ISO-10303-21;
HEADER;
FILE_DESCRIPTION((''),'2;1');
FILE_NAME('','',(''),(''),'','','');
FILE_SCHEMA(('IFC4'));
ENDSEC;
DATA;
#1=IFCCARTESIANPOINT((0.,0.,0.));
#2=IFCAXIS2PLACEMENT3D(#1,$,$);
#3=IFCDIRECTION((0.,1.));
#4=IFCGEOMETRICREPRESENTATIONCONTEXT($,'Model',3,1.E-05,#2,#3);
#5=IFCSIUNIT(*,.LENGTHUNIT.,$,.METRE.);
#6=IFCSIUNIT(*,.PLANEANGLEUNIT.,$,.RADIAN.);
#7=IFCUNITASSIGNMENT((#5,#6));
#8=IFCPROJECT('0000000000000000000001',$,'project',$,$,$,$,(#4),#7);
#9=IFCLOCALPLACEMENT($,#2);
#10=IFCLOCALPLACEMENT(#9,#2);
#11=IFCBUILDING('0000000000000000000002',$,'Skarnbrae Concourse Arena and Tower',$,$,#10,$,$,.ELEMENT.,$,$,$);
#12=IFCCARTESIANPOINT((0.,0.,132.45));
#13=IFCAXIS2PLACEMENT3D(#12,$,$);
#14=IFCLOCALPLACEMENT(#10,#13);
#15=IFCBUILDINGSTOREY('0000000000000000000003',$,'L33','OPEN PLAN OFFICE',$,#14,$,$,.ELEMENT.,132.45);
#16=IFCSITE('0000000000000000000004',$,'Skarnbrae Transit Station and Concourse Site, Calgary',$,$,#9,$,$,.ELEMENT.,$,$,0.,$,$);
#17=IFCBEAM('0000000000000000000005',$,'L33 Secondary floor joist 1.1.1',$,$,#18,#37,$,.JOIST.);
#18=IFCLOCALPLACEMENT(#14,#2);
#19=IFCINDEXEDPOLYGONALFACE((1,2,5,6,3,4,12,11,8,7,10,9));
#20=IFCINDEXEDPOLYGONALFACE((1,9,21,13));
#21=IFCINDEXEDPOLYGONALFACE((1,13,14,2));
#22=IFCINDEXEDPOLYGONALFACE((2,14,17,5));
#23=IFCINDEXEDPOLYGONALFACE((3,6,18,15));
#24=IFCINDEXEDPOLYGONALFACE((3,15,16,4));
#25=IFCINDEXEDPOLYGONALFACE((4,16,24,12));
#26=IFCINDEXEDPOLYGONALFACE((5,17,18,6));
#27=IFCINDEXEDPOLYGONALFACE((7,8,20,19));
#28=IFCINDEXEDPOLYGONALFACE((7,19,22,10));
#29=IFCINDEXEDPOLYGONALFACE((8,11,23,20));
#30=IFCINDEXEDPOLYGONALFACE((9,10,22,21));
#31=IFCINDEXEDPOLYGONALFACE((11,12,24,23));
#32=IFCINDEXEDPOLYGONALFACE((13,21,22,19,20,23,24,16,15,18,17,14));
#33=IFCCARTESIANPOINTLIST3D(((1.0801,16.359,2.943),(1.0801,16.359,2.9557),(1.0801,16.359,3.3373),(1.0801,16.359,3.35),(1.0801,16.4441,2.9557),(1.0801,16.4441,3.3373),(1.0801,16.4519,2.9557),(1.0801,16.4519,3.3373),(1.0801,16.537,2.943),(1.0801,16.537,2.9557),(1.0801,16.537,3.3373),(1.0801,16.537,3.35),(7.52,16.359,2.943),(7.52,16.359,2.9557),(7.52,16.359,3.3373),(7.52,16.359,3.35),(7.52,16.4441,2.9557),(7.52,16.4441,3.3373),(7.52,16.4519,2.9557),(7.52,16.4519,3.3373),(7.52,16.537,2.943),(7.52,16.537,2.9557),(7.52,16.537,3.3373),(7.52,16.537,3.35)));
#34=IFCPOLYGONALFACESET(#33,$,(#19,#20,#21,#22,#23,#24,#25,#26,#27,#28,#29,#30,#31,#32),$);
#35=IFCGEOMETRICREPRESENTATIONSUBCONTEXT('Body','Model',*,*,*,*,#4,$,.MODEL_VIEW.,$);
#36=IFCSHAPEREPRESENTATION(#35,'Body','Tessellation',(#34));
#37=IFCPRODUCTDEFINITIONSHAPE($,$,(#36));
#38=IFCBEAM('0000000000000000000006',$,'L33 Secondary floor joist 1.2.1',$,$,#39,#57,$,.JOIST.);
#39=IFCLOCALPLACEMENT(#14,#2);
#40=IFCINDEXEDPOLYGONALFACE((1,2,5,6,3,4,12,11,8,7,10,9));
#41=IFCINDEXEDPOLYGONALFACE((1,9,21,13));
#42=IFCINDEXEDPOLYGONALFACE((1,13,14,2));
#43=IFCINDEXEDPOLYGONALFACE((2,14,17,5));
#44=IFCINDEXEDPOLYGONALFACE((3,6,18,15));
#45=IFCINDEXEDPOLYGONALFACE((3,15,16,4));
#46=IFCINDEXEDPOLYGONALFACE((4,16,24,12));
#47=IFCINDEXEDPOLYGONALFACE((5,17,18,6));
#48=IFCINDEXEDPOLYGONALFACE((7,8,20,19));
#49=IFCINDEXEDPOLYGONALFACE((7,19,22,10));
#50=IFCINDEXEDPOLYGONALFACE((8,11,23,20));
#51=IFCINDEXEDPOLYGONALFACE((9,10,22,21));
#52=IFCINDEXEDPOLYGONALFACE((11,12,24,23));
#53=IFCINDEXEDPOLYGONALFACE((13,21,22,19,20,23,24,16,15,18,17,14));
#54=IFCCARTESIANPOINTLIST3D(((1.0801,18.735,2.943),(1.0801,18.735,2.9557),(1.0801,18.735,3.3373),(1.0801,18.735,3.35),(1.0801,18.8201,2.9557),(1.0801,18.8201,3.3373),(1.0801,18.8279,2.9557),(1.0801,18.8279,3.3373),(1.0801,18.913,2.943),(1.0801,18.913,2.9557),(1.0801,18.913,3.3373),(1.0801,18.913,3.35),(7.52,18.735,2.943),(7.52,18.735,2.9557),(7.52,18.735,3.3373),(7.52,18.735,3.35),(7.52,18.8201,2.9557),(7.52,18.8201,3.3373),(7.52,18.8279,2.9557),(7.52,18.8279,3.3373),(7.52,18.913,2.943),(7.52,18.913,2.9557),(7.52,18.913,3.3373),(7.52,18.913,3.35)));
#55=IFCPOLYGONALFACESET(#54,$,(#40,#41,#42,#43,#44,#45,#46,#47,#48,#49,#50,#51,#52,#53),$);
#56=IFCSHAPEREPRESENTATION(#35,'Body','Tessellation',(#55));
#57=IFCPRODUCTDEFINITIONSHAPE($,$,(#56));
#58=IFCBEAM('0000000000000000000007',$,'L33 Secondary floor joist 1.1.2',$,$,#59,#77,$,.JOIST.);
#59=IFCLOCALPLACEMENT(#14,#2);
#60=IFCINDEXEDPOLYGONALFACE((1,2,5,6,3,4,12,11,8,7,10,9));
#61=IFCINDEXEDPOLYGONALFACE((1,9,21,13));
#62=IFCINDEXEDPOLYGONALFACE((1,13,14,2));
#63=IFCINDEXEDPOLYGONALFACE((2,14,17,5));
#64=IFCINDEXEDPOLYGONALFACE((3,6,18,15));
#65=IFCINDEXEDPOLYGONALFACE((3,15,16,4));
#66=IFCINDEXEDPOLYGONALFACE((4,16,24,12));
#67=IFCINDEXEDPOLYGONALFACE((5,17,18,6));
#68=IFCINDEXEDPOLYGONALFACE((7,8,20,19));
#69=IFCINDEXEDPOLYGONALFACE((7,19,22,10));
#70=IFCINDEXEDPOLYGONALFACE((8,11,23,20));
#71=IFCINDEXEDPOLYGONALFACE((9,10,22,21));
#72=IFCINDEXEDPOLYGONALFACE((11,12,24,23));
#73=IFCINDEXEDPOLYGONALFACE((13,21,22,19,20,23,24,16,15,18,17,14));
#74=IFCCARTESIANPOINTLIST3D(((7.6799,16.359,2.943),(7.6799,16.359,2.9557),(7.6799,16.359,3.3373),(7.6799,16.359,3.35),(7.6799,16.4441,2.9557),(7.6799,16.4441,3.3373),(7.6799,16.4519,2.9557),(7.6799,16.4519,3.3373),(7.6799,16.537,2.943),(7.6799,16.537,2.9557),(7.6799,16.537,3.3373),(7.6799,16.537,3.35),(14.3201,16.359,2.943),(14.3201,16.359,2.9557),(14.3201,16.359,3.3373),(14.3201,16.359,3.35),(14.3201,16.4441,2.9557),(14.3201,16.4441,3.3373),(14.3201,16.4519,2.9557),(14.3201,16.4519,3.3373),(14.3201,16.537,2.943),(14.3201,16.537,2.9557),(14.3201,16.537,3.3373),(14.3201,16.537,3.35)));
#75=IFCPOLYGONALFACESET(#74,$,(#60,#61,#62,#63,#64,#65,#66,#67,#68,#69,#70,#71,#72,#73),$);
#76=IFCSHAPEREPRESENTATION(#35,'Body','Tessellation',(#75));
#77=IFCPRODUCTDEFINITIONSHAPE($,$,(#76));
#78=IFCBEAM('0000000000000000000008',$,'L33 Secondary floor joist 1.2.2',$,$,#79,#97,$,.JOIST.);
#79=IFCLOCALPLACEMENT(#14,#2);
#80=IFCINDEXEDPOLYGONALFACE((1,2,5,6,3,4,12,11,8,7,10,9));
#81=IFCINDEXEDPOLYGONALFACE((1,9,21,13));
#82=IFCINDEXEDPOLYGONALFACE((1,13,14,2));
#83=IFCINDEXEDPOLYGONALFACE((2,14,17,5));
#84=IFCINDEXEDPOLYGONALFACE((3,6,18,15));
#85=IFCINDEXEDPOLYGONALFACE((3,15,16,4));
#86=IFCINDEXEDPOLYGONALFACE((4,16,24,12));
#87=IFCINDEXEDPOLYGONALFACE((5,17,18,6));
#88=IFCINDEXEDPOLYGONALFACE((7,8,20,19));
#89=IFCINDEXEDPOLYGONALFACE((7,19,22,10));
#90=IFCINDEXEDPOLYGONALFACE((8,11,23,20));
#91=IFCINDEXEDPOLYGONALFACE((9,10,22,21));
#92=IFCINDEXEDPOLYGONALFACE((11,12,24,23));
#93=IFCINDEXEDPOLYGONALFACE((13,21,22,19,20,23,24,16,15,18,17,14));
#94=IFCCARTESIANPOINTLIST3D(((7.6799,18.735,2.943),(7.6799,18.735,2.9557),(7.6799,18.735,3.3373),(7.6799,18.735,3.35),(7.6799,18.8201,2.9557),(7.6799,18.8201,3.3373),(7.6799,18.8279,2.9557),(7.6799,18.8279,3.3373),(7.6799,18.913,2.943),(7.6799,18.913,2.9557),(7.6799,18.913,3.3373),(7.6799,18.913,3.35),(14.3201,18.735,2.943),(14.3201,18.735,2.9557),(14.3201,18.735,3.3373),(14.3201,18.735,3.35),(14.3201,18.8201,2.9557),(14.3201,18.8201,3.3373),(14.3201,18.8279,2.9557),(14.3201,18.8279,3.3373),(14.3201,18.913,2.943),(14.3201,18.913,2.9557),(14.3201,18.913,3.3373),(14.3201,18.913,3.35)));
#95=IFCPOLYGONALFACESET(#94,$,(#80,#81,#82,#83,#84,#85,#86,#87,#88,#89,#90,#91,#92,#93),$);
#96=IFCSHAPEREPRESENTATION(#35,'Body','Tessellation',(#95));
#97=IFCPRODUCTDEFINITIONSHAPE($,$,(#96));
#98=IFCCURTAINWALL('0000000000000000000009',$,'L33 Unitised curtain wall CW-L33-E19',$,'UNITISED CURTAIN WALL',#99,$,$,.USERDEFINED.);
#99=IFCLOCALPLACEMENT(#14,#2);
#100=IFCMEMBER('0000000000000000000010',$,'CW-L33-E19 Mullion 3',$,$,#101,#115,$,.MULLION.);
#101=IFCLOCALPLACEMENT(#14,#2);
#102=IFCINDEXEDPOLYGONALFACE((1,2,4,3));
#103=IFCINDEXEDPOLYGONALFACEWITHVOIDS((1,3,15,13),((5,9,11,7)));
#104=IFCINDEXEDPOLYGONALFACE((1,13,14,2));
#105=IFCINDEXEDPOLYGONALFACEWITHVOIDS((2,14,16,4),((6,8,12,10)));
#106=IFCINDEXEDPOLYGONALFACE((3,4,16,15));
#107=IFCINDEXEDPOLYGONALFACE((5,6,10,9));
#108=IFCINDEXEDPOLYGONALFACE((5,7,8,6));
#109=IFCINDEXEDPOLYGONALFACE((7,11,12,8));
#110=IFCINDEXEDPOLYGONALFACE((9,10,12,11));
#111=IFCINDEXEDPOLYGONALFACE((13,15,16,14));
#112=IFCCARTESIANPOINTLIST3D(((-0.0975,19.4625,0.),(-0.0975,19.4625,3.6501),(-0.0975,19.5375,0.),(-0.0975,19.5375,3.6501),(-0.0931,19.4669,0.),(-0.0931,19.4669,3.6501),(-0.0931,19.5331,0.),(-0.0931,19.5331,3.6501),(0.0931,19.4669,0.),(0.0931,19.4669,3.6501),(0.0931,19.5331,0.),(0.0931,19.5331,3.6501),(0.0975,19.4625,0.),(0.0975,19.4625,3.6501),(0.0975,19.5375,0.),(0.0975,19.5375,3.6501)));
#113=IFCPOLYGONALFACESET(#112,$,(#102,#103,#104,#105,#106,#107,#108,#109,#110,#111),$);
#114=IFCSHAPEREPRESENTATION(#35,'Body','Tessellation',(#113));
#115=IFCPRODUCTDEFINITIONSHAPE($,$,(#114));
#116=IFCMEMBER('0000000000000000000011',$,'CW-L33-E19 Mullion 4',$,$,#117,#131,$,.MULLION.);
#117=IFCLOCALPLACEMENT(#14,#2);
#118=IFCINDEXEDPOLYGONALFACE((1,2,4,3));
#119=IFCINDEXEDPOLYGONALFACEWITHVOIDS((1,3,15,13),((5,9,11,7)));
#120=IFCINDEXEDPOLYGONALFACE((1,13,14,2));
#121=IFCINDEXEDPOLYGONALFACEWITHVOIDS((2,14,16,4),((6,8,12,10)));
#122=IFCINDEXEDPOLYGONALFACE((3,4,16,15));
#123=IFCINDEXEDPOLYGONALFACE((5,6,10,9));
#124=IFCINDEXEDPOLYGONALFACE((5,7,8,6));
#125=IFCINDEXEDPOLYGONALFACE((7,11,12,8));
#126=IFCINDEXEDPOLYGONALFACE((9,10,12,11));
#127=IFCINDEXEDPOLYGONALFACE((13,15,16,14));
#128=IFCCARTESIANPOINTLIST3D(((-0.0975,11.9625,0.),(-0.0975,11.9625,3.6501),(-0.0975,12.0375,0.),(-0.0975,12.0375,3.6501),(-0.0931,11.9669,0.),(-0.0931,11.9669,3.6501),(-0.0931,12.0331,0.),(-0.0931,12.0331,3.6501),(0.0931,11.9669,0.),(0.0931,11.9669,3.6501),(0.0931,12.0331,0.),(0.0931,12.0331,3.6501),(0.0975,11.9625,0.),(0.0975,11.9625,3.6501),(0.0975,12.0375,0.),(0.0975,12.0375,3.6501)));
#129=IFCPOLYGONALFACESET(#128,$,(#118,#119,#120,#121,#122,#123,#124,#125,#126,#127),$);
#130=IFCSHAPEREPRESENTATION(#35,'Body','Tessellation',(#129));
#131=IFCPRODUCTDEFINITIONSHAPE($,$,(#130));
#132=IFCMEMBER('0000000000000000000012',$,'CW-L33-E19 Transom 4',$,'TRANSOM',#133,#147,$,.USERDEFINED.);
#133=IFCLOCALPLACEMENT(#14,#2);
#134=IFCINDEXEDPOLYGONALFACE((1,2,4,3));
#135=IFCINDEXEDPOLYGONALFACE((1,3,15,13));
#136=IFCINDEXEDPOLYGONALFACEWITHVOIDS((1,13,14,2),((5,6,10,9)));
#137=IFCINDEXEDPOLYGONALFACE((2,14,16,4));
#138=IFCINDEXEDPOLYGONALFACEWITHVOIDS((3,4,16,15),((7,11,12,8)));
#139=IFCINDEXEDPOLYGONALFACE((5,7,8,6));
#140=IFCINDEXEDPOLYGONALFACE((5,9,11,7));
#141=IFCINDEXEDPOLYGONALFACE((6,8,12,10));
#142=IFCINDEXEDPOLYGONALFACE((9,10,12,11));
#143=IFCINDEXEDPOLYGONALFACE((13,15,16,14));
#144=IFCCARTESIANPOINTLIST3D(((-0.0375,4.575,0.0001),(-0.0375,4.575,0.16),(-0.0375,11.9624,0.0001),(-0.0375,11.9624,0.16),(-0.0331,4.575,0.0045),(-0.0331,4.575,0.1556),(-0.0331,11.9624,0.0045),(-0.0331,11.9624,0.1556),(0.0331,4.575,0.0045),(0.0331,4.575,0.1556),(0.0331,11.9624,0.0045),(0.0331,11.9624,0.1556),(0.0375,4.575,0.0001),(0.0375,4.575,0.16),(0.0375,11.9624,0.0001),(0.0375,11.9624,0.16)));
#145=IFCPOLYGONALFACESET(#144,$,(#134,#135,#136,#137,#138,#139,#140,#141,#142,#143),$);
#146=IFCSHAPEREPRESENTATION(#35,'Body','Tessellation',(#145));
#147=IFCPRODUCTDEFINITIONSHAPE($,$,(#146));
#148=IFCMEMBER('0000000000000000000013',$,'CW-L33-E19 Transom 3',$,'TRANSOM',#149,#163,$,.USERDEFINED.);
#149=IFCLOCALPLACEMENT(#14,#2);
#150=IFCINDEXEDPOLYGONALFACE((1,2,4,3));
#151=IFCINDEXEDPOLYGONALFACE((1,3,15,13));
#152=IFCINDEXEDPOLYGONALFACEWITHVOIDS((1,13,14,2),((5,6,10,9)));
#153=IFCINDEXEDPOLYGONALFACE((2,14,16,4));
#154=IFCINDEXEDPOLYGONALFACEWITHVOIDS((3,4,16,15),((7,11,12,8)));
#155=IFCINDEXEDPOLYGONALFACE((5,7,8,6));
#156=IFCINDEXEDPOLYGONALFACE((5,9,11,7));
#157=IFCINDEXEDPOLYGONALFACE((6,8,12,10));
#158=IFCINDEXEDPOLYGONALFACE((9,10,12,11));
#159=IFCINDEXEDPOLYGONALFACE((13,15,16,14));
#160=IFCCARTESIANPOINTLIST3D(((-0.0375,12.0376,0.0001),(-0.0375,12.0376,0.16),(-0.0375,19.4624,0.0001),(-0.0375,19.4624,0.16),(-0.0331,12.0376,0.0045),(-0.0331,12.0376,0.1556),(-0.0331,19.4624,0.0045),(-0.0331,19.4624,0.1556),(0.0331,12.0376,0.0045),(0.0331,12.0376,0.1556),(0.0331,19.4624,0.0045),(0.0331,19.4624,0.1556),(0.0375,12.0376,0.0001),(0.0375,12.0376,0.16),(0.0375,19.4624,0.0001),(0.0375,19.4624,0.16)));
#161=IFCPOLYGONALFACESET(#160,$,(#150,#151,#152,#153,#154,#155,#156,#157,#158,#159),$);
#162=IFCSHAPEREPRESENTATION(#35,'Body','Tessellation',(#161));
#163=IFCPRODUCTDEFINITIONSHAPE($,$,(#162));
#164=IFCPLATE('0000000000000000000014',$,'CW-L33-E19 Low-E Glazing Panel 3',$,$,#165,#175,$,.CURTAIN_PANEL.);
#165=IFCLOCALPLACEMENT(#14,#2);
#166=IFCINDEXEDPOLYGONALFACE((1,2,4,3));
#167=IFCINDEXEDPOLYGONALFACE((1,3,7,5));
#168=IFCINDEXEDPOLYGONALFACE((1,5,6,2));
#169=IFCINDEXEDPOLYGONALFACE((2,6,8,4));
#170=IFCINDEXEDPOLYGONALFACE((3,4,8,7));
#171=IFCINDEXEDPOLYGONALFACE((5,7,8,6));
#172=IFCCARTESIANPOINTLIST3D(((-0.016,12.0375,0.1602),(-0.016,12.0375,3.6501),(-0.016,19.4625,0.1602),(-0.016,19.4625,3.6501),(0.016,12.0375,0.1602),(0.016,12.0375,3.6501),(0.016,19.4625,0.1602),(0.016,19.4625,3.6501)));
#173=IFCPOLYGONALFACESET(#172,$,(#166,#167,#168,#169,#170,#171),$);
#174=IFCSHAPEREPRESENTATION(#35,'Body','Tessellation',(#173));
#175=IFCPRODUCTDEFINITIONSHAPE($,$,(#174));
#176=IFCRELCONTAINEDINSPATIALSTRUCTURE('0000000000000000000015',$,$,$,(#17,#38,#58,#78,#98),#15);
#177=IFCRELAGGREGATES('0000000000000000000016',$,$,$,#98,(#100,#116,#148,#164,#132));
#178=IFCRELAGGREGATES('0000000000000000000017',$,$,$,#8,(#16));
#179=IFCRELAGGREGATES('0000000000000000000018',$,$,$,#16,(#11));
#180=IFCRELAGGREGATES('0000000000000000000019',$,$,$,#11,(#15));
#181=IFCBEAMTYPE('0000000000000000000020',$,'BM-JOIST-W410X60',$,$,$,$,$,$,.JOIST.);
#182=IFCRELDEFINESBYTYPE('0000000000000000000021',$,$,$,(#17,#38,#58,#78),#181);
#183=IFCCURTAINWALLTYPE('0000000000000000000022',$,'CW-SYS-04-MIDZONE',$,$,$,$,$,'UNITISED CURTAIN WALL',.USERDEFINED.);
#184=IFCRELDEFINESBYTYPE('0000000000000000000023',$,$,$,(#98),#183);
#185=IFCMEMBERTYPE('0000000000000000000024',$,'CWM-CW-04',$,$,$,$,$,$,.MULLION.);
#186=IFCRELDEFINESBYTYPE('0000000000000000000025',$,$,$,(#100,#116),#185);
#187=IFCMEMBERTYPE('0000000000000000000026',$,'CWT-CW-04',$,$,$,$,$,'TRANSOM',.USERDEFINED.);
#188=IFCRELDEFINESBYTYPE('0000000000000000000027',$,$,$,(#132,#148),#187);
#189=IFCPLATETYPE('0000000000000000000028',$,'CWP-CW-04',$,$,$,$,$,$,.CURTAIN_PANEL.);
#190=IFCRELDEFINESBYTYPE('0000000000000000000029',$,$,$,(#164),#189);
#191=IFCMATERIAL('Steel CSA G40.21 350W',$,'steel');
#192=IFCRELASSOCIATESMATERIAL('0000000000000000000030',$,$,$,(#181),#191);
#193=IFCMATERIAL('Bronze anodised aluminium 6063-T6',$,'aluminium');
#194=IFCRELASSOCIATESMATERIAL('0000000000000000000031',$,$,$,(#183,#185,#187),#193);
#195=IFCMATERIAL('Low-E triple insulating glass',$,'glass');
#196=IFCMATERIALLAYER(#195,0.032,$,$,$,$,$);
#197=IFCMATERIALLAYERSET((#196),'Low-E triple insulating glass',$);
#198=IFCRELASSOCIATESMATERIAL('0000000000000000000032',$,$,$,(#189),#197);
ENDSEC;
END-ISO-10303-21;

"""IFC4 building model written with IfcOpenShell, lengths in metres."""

from ifc_helpers import new_model, si_unit, direction, frame, origin, origin_2d, place, context, subcontext, project, spatial, rectangle, hollow_rectangle, i_section, extrude, source, transform, mapped, material, layer, layer_set, material_profile, profile_set, type_object, element, aggregate, save


model = new_model("IFC4")

# Units and contexts
model_context = context("Model", 3, precision=1e-05, world=origin(), true_north=direction((0.0, 1.0)))
body_context = subcontext(model_context, "Body", "Model", "MODEL_VIEW")
ifc_project = project(units=[si_unit("LENGTHUNIT", "METRE"), si_unit("PLANEANGLEUNIT", "RADIAN")], contexts=[model_context])

# Site, building, storey
site_placement = place(None, origin())
site = spatial("IfcSite", under=ifc_project, at=site_placement, Name="Skarnbrae Transit Station and Concourse Site, Calgary", CompositionType="ELEMENT", RefElevation=0.0)
building_placement = place(site_placement, origin())
building = spatial("IfcBuilding", under=site, at=building_placement, Name="Skarnbrae Concourse Arena and Tower", CompositionType="ELEMENT")
storey_placement = place(building_placement, frame((0.0, 0.0, 132.45)))
storey = spatial("IfcBuildingStorey", under=building, at=storey_placement, Name="L33", Description="OPEN PLAN OFFICE", CompositionType="ELEMENT", Elevation=132.45)

# Shared definitions
ifc_material_1 = material(Name="Steel CSA G40.21 350W", Category="steel")

# Beams
ifc_material_profile_1 = material_profile(ifc_material_1, i_section(OverallWidth=0.178, OverallDepth=0.407, WebThickness=0.0078, FlangeThickness=0.0127, at=origin_2d()), Name="W410X60")
ifc_profile_set_1 = profile_set([ifc_material_profile_1], Name="Steel CSA G40.21 350W")
beam_type_1 = type_object("IfcBeamType", Name="BM-JOIST-W410X60", PredefinedType="JOIST", material=ifc_profile_set_1)
shared_shape_1 = source(origin(), body_context, "Body", "SweptSolid", [
    extrude(i_section(OverallWidth=0.178, OverallDepth=0.407, WebThickness=0.0078, FlangeThickness=0.0127, at=origin_2d()), origin(), (0.0, 0.0, 1.0), 6.4399),
])
for number, where, z_axis, x_axis, name in (
    (1, (1.0801, 16.448, 3.1465), (1.0, 0.0, 0.0), (0.0, 1.0, 0.0), "L33 Secondary floor joist 1.1.1"),
    (2, (1.0801, 18.824, 3.1465), (1.0, 0.0, 0.0), (0.0, 1.0, 0.0), "L33 Secondary floor joist 1.2.1"),
):
    element("IfcBeam", number, at=place(storey_placement, frame(where, z_axis=z_axis, x_axis=x_axis)), inside=storey, type_object=beam_type_1, Name=name, PredefinedType="JOIST", context=body_context, shape_type="MappedRepresentation", body=[
        mapped(shared_shape_1, transform((0.0, 0.0, 0.0))),
    ])
shared_shape_2 = source(origin(), body_context, "Body", "SweptSolid", [
    extrude(i_section(OverallWidth=0.178, OverallDepth=0.407, WebThickness=0.0078, FlangeThickness=0.0127, at=origin_2d()), origin(), (0.0, 0.0, 1.0), 6.6401),
])
for number, where, z_axis, x_axis, name in (
    (3, (7.6799, 16.448, 3.1465), (1.0, 0.0, 0.0), (0.0, 1.0, 0.0), "L33 Secondary floor joist 1.1.2"),
    (4, (7.6799, 18.824, 3.1465), (1.0, 0.0, 0.0), (0.0, 1.0, 0.0), "L33 Secondary floor joist 1.2.2"),
):
    element("IfcBeam", number, at=place(storey_placement, frame(where, z_axis=z_axis, x_axis=x_axis)), inside=storey, type_object=beam_type_1, Name=name, PredefinedType="JOIST", context=body_context, shape_type="MappedRepresentation", body=[
        mapped(shared_shape_2, transform((0.0, 0.0, 0.0))),
    ])

# Curtain wall, members, plate
ifc_material_2 = material(Name="Bronze anodised aluminium 6063-T6", Category="aluminium")
curtain_wall_type = type_object("IfcCurtainWallType", Name="CW-SYS-04-MIDZONE", ElementType="UNITISED CURTAIN WALL", PredefinedType="USERDEFINED", material=ifc_material_2)
curtain_wall_placement = place(storey_placement, origin())
curtain_wall = element("IfcCurtainWall", 5, at=curtain_wall_placement, inside=storey, type_object=curtain_wall_type, Name="L33 Unitised curtain wall CW-L33-E19", ObjectType="UNITISED CURTAIN WALL", PredefinedType="USERDEFINED")
ifc_material_profile_2 = material_profile(ifc_material_2, hollow_rectangle(XDim=0.075, YDim=0.1951, WallThickness=0.0044, at=origin_2d()), Name="ALU-MULL-75X195")
ifc_profile_set_2 = profile_set([ifc_material_profile_2], Name="Bronze anodised aluminium 6063-T6")
member_type_1 = type_object("IfcMemberType", Name="CWM-CW-04", PredefinedType="MULLION", material=ifc_profile_set_2)
shared_shape_3 = source(origin(), body_context, "Body", "SweptSolid", [
    extrude(hollow_rectangle(XDim=0.075, YDim=0.1951, WallThickness=0.0044, at=origin_2d()), origin(), (0.0, 0.0, 1.0), 3.6501),
])
member_1_placement = place(storey_placement, frame((0.0, 19.5, 0.0), z_axis=(0.0, 0.0, 1.0), x_axis=(0.0, -1.0, 0.0)))
member_1 = element("IfcMember", 6, at=member_1_placement, type_object=member_type_1, Name="CW-L33-E19 Mullion 3", PredefinedType="MULLION", context=body_context, shape_type="MappedRepresentation", body=[
    mapped(shared_shape_3, transform((0.0, 0.0, 0.0))),
])
member_2_placement = place(storey_placement, frame((0.0, 12.0, 0.0), z_axis=(0.0, 0.0, 1.0), x_axis=(0.0, -1.0, 0.0)))
member_2 = element("IfcMember", 7, at=member_2_placement, type_object=member_type_1, Name="CW-L33-E19 Mullion 4", PredefinedType="MULLION", context=body_context, shape_type="MappedRepresentation", body=[
    mapped(shared_shape_3, transform((0.0, 0.0, 0.0))),
])
ifc_material_profile_3 = material_profile(ifc_material_2, hollow_rectangle(XDim=0.075, YDim=0.1599, WallThickness=0.0044, at=origin_2d()), Name="ALU-TRAN-75X160")
ifc_profile_set_3 = profile_set([ifc_material_profile_3], Name="Bronze anodised aluminium 6063-T6")
member_type_2 = type_object("IfcMemberType", Name="CWT-CW-04", ElementType="TRANSOM", PredefinedType="USERDEFINED", material=ifc_profile_set_3)
shared_shape_4 = source(origin(), body_context, "Body", "SweptSolid", [
    extrude(hollow_rectangle(XDim=0.075, YDim=0.1599, WallThickness=0.0044, at=origin_2d()), origin(), (0.0, 0.0, 1.0), 7.3875),
])
member_3_placement = place(storey_placement, frame((0.0, 11.9624, 0.0801), z_axis=(0.0, -1.0, 0.0), x_axis=(1.0, 0.0, 0.0)))
member_3 = element("IfcMember", 8, at=member_3_placement, type_object=member_type_2, Name="CW-L33-E19 Transom 4", ObjectType="TRANSOM", PredefinedType="USERDEFINED", context=body_context, shape_type="MappedRepresentation", body=[
    mapped(shared_shape_4, transform((0.0, 0.0, 0.0))),
])
shared_shape_5 = source(origin(), body_context, "Body", "SweptSolid", [
    extrude(hollow_rectangle(XDim=0.075, YDim=0.1599, WallThickness=0.0044, at=origin_2d()), origin(), (0.0, 0.0, 1.0), 7.4248),
])
member_4_placement = place(storey_placement, frame((0.0, 19.4624, 0.0801), z_axis=(0.0, -1.0, 0.0), x_axis=(1.0, 0.0, 0.0)))
member_4 = element("IfcMember", 9, at=member_4_placement, type_object=member_type_2, Name="CW-L33-E19 Transom 3", ObjectType="TRANSOM", PredefinedType="USERDEFINED", context=body_context, shape_type="MappedRepresentation", body=[
    mapped(shared_shape_5, transform((0.0, 0.0, 0.0))),
])
ifc_material_3 = material(Name="Low-E triple insulating glass", Category="glass")
ifc_layer_1 = layer(ifc_material_3, 0.032)
ifc_layer_set_1 = layer_set([ifc_layer_1], Name="Low-E triple insulating glass")
plate_type = type_object("IfcPlateType", Name="CWP-CW-04", PredefinedType="CURTAIN_PANEL", material=ifc_layer_set_1)
shared_shape_6 = source(origin(), body_context, "Body", "SweptSolid", [
    extrude(rectangle(XDim=7.425, YDim=0.032, at=origin_2d()), origin(), (0.0, 0.0, 1.0), 3.49),
])
plate_placement = place(storey_placement, frame((0.0, 15.75, 0.1602), z_axis=(0.0, 0.0, 1.0), x_axis=(0.0, -1.0, 0.0)))
plate = element("IfcPlate", 10, at=plate_placement, type_object=plate_type, Name="CW-L33-E19 Low-E Glazing Panel 3", PredefinedType="CURTAIN_PANEL", context=body_context, shape_type="MappedRepresentation", body=[
    mapped(shared_shape_6, transform((0.0, 0.0, 0.0))),
])
aggregate(curtain_wall, [member_1, member_2, member_4, plate, member_3])

save(model, "model.ifc")
